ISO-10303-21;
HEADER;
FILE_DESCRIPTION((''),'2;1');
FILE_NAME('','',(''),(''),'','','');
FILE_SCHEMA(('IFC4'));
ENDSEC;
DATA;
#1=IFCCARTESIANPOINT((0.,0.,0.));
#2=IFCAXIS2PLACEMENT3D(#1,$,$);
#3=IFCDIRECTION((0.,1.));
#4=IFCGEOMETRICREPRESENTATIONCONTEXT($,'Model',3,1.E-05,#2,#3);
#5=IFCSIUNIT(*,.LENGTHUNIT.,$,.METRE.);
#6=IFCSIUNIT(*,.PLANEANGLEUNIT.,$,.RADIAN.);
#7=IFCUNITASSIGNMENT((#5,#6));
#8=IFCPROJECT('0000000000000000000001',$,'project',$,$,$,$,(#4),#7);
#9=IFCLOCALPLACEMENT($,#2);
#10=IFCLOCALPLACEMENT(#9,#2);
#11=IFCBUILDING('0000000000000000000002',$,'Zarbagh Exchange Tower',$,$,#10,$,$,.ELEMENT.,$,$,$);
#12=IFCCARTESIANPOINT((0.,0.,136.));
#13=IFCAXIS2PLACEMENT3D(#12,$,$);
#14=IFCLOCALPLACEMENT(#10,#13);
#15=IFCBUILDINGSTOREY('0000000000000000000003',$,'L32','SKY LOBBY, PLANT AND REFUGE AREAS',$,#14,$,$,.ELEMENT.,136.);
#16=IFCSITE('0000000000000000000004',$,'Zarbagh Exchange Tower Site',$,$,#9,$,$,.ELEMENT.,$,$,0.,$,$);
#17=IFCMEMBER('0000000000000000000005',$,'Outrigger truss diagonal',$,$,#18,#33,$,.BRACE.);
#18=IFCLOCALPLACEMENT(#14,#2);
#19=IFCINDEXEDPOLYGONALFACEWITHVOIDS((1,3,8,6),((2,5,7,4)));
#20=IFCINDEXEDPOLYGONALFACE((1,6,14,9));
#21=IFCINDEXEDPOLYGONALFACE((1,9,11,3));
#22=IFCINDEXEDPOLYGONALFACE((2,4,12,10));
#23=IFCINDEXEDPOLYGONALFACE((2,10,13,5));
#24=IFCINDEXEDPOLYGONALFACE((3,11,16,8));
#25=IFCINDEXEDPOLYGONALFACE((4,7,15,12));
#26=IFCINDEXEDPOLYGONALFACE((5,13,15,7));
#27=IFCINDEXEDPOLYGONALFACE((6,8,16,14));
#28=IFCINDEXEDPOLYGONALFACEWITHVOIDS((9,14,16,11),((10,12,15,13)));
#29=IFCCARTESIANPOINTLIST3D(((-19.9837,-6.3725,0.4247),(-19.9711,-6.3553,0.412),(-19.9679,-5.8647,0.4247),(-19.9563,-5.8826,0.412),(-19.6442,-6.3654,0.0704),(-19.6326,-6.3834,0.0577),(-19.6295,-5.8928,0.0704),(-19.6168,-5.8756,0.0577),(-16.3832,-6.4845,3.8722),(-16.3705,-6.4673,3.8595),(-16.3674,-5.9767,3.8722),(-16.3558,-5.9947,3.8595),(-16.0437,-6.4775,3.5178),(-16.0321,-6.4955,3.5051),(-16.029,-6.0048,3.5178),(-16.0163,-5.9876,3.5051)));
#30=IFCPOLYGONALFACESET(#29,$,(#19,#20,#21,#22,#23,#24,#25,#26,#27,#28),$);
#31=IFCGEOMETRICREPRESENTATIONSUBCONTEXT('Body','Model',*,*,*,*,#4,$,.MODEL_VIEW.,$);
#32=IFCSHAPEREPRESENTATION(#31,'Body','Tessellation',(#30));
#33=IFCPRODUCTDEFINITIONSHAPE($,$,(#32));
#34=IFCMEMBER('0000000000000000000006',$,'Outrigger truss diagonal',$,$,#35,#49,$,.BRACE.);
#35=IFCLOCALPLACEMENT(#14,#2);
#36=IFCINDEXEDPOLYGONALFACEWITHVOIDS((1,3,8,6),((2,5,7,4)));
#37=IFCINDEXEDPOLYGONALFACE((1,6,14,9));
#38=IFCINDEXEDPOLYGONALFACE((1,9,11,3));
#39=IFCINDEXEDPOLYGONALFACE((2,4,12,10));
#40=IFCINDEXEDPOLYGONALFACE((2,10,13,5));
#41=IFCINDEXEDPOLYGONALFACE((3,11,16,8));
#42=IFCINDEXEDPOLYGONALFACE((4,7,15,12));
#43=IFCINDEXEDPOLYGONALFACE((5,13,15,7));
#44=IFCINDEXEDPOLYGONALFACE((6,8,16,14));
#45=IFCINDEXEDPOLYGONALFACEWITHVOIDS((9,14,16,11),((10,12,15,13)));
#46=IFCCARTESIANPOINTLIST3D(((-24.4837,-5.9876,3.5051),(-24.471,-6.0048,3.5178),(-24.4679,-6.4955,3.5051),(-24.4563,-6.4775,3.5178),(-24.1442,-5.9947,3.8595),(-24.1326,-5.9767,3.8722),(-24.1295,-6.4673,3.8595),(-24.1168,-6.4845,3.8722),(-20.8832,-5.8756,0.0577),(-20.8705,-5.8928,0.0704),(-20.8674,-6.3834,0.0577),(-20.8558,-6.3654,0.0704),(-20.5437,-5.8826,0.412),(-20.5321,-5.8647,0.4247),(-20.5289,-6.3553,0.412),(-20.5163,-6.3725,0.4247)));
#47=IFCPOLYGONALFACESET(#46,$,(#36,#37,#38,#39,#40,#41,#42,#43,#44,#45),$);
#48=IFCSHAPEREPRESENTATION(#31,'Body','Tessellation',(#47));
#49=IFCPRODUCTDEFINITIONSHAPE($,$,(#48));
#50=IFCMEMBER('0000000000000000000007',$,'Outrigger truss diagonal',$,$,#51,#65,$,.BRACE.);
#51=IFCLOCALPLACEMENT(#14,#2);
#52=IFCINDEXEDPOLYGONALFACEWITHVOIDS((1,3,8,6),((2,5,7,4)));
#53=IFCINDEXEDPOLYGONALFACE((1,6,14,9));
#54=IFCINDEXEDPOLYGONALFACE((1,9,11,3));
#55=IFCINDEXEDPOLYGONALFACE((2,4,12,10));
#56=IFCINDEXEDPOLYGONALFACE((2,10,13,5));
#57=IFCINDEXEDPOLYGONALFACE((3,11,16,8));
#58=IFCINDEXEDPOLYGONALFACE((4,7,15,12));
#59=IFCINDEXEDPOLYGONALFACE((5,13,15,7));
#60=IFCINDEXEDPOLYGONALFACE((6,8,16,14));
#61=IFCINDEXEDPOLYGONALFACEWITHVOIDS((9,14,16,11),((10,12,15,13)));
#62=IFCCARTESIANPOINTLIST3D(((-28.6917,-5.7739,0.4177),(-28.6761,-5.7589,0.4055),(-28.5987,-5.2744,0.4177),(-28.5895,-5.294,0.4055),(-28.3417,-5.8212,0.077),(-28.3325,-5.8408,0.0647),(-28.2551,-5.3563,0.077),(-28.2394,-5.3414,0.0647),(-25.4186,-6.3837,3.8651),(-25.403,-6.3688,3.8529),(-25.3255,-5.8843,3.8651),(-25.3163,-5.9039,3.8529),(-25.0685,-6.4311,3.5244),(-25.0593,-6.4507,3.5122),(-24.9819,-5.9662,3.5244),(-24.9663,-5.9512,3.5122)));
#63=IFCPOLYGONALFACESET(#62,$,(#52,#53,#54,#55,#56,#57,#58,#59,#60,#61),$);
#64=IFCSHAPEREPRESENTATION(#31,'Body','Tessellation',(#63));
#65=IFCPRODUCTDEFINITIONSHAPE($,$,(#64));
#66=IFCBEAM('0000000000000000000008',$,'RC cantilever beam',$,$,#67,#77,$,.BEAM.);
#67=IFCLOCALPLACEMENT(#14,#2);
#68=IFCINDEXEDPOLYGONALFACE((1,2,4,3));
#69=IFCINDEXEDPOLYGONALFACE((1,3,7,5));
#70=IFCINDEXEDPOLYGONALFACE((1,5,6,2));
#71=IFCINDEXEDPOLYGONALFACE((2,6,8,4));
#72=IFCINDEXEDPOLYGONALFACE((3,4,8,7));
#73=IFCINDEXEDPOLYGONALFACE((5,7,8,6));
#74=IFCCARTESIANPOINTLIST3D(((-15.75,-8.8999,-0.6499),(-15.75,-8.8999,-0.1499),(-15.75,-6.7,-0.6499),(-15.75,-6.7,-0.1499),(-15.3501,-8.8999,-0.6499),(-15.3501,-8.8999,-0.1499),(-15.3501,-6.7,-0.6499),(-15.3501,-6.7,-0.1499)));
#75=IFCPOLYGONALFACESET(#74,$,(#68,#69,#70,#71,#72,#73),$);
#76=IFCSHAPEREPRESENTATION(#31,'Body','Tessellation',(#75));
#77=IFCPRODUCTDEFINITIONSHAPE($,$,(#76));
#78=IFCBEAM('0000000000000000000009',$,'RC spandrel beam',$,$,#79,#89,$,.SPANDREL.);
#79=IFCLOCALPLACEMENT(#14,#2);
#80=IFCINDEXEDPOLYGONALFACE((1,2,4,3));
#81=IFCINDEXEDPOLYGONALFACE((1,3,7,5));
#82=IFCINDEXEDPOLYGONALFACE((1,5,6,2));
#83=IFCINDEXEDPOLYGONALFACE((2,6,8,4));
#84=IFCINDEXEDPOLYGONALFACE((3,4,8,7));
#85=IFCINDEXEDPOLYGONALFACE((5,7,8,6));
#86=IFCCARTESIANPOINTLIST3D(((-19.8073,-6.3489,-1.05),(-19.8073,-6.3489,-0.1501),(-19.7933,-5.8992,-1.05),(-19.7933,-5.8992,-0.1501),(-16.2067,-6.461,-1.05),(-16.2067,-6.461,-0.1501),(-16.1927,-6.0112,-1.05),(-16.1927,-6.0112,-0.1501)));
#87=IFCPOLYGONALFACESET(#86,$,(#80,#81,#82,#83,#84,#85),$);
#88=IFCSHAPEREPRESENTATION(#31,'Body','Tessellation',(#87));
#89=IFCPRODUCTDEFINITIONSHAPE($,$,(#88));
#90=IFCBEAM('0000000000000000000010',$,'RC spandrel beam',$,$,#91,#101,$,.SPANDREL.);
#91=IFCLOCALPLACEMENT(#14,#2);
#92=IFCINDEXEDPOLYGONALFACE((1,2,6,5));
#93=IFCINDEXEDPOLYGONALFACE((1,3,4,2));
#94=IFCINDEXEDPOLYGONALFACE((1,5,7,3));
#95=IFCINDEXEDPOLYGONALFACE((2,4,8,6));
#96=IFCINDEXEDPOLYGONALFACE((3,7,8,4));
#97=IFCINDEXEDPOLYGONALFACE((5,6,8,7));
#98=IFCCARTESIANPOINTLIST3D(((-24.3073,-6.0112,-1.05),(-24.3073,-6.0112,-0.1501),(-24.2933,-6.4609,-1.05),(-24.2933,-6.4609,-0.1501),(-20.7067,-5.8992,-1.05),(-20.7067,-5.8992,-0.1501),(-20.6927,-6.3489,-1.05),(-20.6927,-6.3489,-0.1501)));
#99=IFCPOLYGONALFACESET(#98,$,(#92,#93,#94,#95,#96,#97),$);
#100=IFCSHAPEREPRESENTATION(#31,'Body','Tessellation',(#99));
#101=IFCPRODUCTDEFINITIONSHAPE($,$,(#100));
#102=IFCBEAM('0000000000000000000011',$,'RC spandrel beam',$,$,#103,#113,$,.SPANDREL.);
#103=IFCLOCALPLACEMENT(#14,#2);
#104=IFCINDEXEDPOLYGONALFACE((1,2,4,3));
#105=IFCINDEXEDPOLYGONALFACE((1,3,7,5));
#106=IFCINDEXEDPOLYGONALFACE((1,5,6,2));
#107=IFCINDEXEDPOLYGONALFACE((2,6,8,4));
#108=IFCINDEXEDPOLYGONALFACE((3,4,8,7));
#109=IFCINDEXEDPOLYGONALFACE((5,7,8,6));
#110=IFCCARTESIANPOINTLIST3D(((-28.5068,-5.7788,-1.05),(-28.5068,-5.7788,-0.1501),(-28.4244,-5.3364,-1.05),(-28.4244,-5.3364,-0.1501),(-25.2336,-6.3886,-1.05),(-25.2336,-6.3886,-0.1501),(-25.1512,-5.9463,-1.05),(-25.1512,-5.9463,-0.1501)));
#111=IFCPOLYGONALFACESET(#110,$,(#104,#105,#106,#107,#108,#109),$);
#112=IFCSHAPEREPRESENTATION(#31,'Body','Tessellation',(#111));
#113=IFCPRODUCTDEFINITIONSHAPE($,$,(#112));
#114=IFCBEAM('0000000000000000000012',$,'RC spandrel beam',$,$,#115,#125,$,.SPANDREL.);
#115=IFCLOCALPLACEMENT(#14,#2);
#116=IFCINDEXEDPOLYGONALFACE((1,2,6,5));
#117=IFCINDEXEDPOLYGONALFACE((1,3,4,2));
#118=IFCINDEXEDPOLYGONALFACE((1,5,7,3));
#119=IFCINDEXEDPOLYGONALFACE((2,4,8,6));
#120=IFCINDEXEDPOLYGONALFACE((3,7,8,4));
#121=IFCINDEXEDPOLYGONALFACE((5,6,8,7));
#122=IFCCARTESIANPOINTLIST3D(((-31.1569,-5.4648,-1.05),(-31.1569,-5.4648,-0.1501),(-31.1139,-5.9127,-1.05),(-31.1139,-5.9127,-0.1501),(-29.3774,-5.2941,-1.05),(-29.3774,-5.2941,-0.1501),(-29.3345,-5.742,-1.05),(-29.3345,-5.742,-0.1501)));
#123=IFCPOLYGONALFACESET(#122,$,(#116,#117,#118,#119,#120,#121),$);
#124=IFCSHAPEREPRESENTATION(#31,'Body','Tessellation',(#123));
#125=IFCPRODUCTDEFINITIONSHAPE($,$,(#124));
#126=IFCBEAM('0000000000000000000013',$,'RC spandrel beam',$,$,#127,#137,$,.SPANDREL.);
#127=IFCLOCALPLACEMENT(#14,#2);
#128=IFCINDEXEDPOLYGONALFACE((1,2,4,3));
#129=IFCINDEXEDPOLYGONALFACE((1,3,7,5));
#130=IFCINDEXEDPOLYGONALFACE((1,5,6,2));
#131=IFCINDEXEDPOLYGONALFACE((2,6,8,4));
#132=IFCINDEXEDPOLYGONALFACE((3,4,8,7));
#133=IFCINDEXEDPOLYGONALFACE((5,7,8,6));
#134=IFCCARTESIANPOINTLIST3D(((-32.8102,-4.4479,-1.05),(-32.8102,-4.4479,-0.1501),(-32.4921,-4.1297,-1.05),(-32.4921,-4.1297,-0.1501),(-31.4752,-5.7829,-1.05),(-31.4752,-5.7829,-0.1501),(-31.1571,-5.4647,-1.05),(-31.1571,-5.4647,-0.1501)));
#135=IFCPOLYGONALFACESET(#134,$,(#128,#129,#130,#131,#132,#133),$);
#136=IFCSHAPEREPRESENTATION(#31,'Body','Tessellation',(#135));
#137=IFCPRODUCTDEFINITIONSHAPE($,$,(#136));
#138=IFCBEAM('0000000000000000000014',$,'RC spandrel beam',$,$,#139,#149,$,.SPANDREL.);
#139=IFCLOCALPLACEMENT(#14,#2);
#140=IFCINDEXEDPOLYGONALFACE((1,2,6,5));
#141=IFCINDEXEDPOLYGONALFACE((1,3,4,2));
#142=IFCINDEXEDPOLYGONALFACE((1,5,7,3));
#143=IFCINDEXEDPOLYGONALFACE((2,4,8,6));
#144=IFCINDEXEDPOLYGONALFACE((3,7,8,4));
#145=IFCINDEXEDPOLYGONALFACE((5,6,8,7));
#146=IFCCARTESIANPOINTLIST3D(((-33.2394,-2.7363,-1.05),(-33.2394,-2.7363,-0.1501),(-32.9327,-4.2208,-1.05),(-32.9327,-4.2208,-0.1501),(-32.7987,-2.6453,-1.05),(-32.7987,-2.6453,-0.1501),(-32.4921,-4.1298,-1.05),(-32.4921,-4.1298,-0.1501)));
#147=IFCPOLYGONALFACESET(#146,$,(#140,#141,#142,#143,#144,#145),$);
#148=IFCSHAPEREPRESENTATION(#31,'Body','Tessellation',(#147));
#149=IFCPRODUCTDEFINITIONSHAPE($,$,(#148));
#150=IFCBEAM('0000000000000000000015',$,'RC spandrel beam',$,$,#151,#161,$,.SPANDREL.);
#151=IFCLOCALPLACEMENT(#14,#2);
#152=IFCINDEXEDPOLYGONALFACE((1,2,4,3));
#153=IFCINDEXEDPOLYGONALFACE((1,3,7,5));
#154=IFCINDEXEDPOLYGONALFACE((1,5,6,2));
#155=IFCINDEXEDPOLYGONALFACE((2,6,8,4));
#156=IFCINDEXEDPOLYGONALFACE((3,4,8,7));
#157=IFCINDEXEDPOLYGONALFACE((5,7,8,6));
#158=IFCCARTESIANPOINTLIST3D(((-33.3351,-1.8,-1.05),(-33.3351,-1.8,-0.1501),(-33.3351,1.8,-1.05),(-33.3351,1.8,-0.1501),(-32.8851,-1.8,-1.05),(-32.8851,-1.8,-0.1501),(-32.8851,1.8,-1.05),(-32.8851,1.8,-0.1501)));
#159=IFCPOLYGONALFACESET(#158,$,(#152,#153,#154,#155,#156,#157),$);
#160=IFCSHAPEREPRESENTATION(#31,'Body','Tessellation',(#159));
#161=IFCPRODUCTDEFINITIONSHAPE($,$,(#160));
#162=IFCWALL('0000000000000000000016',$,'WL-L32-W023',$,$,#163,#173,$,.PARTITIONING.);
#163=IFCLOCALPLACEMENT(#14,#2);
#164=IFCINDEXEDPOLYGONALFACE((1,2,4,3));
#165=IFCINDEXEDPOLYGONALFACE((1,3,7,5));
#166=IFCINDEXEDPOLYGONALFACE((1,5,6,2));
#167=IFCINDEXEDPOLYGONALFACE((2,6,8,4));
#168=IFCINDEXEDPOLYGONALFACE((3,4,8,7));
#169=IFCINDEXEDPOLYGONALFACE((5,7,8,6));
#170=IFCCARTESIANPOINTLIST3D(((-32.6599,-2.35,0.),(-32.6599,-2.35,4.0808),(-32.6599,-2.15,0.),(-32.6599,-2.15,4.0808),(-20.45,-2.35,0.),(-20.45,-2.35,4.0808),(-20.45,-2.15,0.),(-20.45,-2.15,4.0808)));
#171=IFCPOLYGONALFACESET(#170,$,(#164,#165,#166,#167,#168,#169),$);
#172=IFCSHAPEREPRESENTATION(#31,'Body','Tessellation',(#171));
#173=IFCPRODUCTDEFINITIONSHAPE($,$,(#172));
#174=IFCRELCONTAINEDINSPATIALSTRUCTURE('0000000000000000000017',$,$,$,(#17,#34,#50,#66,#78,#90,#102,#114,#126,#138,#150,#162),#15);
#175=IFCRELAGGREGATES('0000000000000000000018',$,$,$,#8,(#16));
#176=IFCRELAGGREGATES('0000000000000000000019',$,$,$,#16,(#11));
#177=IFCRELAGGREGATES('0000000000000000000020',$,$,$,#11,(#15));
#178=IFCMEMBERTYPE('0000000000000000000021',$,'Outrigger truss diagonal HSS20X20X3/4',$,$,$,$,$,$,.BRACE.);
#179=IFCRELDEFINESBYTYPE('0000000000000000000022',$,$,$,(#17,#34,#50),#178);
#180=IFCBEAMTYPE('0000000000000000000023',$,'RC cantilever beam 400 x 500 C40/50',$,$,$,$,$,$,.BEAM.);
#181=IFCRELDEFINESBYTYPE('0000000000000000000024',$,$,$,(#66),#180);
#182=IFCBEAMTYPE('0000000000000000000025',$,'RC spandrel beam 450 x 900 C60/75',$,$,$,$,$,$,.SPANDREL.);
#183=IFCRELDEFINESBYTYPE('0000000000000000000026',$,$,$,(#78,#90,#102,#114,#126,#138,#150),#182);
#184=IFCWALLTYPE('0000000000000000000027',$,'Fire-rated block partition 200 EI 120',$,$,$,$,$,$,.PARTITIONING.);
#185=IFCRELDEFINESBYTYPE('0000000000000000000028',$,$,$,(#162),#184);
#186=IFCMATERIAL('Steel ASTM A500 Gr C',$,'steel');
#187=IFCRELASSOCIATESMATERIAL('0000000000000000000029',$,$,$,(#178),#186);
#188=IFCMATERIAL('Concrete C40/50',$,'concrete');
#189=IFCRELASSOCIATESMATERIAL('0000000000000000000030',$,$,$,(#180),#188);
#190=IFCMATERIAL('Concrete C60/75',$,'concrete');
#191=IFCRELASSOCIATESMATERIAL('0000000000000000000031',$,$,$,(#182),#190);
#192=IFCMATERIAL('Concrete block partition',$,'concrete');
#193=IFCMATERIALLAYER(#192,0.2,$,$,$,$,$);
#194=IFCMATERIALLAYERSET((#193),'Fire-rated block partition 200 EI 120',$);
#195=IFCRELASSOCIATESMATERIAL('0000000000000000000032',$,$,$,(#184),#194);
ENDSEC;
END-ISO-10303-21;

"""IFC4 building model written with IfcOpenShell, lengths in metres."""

from ifc_helpers import new_model, si_unit, direction, frame, frame_2d, origin, origin_2d, place, context, subcontext, project, spatial, rectangle, hollow_rectangle, extrude, material, layer, layer_set, material_profile, profile_set, type_object, element, save


model = new_model("IFC4")

# Units and contexts
model_context = context("Model", 3, precision=1e-05, world=origin(), true_north=direction((0.0, 1.0)))
body_context = subcontext(model_context, "Body", "Model", "MODEL_VIEW")
ifc_project = project(units=[si_unit("LENGTHUNIT", "METRE"), si_unit("PLANEANGLEUNIT", "RADIAN")], contexts=[model_context])

# Site, building, storey
site_placement = place(None, origin())
site = spatial("IfcSite", under=ifc_project, at=site_placement, Name="Zarbagh Exchange Tower Site", CompositionType="ELEMENT", RefElevation=0.0)
building_placement = place(site_placement, origin())
building = spatial("IfcBuilding", under=site, at=building_placement, Name="Zarbagh Exchange Tower", CompositionType="ELEMENT")
storey_placement = place(building_placement, frame((0.0, 0.0, 136.0)))
storey = spatial("IfcBuildingStorey", under=building, at=storey_placement, Name="L32", Description="SKY LOBBY, PLANT AND REFUGE AREAS", CompositionType="ELEMENT", Elevation=136.0)

# Shared definitions
ifc_material_1 = material(Name="Concrete C60/75", Category="concrete")

# Shared definitions
ifc_material_2 = material(Name="Steel ASTM A500 Gr C", Category="steel")

# Members
ifc_material_profile_1 = material_profile(ifc_material_2, hollow_rectangle(XDim=0.5081, YDim=0.5081, WallThickness=0.0176, at=origin_2d()), Name="HSS20X20X3/4")
ifc_profile_set_1 = profile_set([ifc_material_profile_1], Name="Steel ASTM A500 Gr C")
member_type_1 = type_object("IfcMemberType", Name="Outrigger truss diagonal HSS20X20X3/4", PredefinedType="BRACE", material=ifc_profile_set_1)
for number, where, z_axis, x_axis, name in (
    (1, (-19.8003, -6.124, 0.2412), (0.722112, -0.022474, 0.691411), (0.031108, 0.999516, 0.0), "Outrigger truss diagonal"),
    (2, (-20.6997, -6.124, 0.2412), (-0.722112, -0.022474, 0.691411), (0.031108, -0.999516, 0.0), "Outrigger truss diagonal"),
):
    element("IfcMember", number, at=place(storey_placement, frame(where, z_axis=z_axis, x_axis=x_axis)), inside=storey, type_object=member_type_1, Name=name, PredefinedType="BRACE", context=body_context, shape_type="SweptSolid", body=[
        extrude(hollow_rectangle(XDim=0.5081, YDim=0.5081, WallThickness=0.0176, at=origin_2d()), origin(), (0.0, 0.0, 1.0), 4.9861),
    ])
member_1_placement = place(storey_placement, frame((-28.4656, -5.5576, 0.2412), z_axis=(0.682938, -0.127245, 0.719308), x_axis=(0.183168, 0.983082, 0.0)))
element("IfcMember", 3, at=member_1_placement, inside=storey, type_object=member_type_1, Name="Outrigger truss diagonal", PredefinedType="BRACE", context=body_context, shape_type="SweptSolid", body=[
    extrude(hollow_rectangle(XDim=0.5081, YDim=0.5081, WallThickness=0.0176, at=origin_2d()), origin(), (0.0, 0.0, 1.0), 4.7927),
])

# Beams
ifc_material_3 = material(Name="Concrete C40/50", Category="concrete")
ifc_material_profile_2 = material_profile(ifc_material_3, rectangle(XDim=0.3999, YDim=0.5, at=origin_2d()), Name="RC cantilever beam 400 x 500 C40/50")
ifc_profile_set_2 = profile_set([ifc_material_profile_2], Name="Concrete C40/50")
beam_type_1 = type_object("IfcBeamType", Name="RC cantilever beam 400 x 500 C40/50", PredefinedType="BEAM", material=ifc_profile_set_2)
beam_1_placement = place(storey_placement, frame((-15.55, -6.7, -0.3999), z_axis=(0.0, -1.0, 0.0), x_axis=(1.0, 0.0, 0.0)))
element("IfcBeam", 4, at=beam_1_placement, inside=storey, type_object=beam_type_1, Name="RC cantilever beam", PredefinedType="BEAM", context=body_context, shape_type="SweptSolid", body=[
    extrude(rectangle(XDim=0.3999, YDim=0.5, at=origin_2d()), origin(), (0.0, 0.0, 1.0), 2.2),
])
ifc_material_profile_3 = material_profile(ifc_material_1, rectangle(XDim=0.45, YDim=0.8999, at=origin_2d()), Name="RC spandrel beam 450 x 900 C60/75")
ifc_profile_set_3 = profile_set([ifc_material_profile_3], Name="Concrete C60/75")
beam_type_2 = type_object("IfcBeamType", Name="RC spandrel beam 450 x 900 C60/75", PredefinedType="SPANDREL", material=ifc_profile_set_3)
for number, where, z_axis, x_axis, name in (
    (5, (-16.1997, -6.2361, -0.6001), (-0.999516, 0.031108, 0.0), (-0.031108, -0.999516, 0.0), "RC spandrel beam"),
    (6, (-20.6997, -6.124, -0.6001), (-0.999516, -0.031108, 0.0), (0.031108, -0.999516, 0.0), "RC spandrel beam"),
):
    element("IfcBeam", number, at=place(storey_placement, frame(where, z_axis=z_axis, x_axis=x_axis)), inside=storey, type_object=beam_type_2, Name=name, PredefinedType="SPANDREL", context=body_context, shape_type="SweptSolid", body=[
        extrude(rectangle(XDim=0.45, YDim=0.8999, at=origin_2d()), origin(), (0.0, 0.0, 1.0), 3.6023),
    ])
beam_2_placement = place(storey_placement, frame((-25.1924, -6.1675, -0.6001), z_axis=(-0.983082, 0.183168, 0.0), x_axis=(-0.183168, -0.983082, 0.0)))
element("IfcBeam", 7, at=beam_2_placement, inside=storey, type_object=beam_type_2, Name="RC spandrel beam", PredefinedType="SPANDREL", context=body_context, shape_type="SweptSolid", body=[
    extrude(rectangle(XDim=0.45, YDim=0.8999, at=origin_2d()), origin(), (0.0, 0.0, 1.0), 3.3296),
])
beam_3_placement = place(storey_placement, frame((-29.356, -5.5181, -0.6001), z_axis=(-0.995433, -0.09546, 0.0), x_axis=(0.09546, -0.995433, 0.0)))
element("IfcBeam", 8, at=beam_3_placement, inside=storey, type_object=beam_type_2, Name="RC spandrel beam", PredefinedType="SPANDREL", context=body_context, shape_type="SweptSolid", body=[
    extrude(rectangle(XDim=0.45, YDim=0.8999, at=origin_2d()), origin(), (0.0, 0.0, 1.0), 1.7876),
])
beam_4_placement = place(storey_placement, frame((-31.3162, -5.6238, -0.6001), z_axis=(-0.707107, 0.707107, 0.0), x_axis=(-0.707107, -0.707107, 0.0)))
element("IfcBeam", 9, at=beam_4_placement, inside=storey, type_object=beam_type_2, Name="RC spandrel beam", PredefinedType="SPANDREL", context=body_context, shape_type="SweptSolid", body=[
    extrude(rectangle(XDim=0.45, YDim=0.8999, at=origin_2d()), origin(), (0.0, 0.0, 1.0), 1.8879),
])
beam_5_placement = place(storey_placement, frame((-32.7124, -4.1753, -0.6001), z_axis=(-0.202275, 0.979329, 0.0), x_axis=(-0.979329, -0.202275, 0.0)))
element("IfcBeam", 10, at=beam_5_placement, inside=storey, type_object=beam_type_2, Name="RC spandrel beam", PredefinedType="SPANDREL", context=body_context, shape_type="SweptSolid", body=[
    extrude(rectangle(XDim=0.45, YDim=0.8999, at=origin_2d()), origin(), (0.0, 0.0, 1.0), 1.5159),
])
beam_6_placement = place(storey_placement, frame((-33.1101, -1.8, -0.6001), z_axis=(0.0, 1.0, 0.0), x_axis=(-1.0, 0.0, 0.0)))
element("IfcBeam", 11, at=beam_6_placement, inside=storey, type_object=beam_type_2, Name="RC spandrel beam", PredefinedType="SPANDREL", context=body_context, shape_type="SweptSolid", body=[
    extrude(rectangle(XDim=0.45, YDim=0.8999, at=origin_2d()), origin(), (0.0, 0.0, 1.0), 3.6001),
])

# Wall
ifc_material_4 = material(Name="Concrete block partition", Category="concrete")
ifc_layer_1 = layer(ifc_material_4, 0.2)
ifc_layer_set_1 = layer_set([ifc_layer_1], Name="Fire-rated block partition 200 EI 120")
wall_type_1 = type_object("IfcWallType", Name="Fire-rated block partition 200 EI 120", PredefinedType="PARTITIONING", material=ifc_layer_set_1)
wall_1_placement = place(storey_placement, frame((-20.45, -2.25, 0.0), z_axis=(0.0, 0.0, 1.0), x_axis=(-1.0, 0.0, 0.0)))
element("IfcWall", 12, at=wall_1_placement, inside=storey, type_object=wall_type_1, Name="WL-L32-W023", PredefinedType="PARTITIONING", context=body_context, shape_type="SweptSolid", body=[
    extrude(rectangle(XDim=12.21, YDim=0.2, at=frame_2d((6.105, 0.0))), origin(), (0.0, 0.0, 1.0), 4.0808),
])

save(model, "model.ifc")
